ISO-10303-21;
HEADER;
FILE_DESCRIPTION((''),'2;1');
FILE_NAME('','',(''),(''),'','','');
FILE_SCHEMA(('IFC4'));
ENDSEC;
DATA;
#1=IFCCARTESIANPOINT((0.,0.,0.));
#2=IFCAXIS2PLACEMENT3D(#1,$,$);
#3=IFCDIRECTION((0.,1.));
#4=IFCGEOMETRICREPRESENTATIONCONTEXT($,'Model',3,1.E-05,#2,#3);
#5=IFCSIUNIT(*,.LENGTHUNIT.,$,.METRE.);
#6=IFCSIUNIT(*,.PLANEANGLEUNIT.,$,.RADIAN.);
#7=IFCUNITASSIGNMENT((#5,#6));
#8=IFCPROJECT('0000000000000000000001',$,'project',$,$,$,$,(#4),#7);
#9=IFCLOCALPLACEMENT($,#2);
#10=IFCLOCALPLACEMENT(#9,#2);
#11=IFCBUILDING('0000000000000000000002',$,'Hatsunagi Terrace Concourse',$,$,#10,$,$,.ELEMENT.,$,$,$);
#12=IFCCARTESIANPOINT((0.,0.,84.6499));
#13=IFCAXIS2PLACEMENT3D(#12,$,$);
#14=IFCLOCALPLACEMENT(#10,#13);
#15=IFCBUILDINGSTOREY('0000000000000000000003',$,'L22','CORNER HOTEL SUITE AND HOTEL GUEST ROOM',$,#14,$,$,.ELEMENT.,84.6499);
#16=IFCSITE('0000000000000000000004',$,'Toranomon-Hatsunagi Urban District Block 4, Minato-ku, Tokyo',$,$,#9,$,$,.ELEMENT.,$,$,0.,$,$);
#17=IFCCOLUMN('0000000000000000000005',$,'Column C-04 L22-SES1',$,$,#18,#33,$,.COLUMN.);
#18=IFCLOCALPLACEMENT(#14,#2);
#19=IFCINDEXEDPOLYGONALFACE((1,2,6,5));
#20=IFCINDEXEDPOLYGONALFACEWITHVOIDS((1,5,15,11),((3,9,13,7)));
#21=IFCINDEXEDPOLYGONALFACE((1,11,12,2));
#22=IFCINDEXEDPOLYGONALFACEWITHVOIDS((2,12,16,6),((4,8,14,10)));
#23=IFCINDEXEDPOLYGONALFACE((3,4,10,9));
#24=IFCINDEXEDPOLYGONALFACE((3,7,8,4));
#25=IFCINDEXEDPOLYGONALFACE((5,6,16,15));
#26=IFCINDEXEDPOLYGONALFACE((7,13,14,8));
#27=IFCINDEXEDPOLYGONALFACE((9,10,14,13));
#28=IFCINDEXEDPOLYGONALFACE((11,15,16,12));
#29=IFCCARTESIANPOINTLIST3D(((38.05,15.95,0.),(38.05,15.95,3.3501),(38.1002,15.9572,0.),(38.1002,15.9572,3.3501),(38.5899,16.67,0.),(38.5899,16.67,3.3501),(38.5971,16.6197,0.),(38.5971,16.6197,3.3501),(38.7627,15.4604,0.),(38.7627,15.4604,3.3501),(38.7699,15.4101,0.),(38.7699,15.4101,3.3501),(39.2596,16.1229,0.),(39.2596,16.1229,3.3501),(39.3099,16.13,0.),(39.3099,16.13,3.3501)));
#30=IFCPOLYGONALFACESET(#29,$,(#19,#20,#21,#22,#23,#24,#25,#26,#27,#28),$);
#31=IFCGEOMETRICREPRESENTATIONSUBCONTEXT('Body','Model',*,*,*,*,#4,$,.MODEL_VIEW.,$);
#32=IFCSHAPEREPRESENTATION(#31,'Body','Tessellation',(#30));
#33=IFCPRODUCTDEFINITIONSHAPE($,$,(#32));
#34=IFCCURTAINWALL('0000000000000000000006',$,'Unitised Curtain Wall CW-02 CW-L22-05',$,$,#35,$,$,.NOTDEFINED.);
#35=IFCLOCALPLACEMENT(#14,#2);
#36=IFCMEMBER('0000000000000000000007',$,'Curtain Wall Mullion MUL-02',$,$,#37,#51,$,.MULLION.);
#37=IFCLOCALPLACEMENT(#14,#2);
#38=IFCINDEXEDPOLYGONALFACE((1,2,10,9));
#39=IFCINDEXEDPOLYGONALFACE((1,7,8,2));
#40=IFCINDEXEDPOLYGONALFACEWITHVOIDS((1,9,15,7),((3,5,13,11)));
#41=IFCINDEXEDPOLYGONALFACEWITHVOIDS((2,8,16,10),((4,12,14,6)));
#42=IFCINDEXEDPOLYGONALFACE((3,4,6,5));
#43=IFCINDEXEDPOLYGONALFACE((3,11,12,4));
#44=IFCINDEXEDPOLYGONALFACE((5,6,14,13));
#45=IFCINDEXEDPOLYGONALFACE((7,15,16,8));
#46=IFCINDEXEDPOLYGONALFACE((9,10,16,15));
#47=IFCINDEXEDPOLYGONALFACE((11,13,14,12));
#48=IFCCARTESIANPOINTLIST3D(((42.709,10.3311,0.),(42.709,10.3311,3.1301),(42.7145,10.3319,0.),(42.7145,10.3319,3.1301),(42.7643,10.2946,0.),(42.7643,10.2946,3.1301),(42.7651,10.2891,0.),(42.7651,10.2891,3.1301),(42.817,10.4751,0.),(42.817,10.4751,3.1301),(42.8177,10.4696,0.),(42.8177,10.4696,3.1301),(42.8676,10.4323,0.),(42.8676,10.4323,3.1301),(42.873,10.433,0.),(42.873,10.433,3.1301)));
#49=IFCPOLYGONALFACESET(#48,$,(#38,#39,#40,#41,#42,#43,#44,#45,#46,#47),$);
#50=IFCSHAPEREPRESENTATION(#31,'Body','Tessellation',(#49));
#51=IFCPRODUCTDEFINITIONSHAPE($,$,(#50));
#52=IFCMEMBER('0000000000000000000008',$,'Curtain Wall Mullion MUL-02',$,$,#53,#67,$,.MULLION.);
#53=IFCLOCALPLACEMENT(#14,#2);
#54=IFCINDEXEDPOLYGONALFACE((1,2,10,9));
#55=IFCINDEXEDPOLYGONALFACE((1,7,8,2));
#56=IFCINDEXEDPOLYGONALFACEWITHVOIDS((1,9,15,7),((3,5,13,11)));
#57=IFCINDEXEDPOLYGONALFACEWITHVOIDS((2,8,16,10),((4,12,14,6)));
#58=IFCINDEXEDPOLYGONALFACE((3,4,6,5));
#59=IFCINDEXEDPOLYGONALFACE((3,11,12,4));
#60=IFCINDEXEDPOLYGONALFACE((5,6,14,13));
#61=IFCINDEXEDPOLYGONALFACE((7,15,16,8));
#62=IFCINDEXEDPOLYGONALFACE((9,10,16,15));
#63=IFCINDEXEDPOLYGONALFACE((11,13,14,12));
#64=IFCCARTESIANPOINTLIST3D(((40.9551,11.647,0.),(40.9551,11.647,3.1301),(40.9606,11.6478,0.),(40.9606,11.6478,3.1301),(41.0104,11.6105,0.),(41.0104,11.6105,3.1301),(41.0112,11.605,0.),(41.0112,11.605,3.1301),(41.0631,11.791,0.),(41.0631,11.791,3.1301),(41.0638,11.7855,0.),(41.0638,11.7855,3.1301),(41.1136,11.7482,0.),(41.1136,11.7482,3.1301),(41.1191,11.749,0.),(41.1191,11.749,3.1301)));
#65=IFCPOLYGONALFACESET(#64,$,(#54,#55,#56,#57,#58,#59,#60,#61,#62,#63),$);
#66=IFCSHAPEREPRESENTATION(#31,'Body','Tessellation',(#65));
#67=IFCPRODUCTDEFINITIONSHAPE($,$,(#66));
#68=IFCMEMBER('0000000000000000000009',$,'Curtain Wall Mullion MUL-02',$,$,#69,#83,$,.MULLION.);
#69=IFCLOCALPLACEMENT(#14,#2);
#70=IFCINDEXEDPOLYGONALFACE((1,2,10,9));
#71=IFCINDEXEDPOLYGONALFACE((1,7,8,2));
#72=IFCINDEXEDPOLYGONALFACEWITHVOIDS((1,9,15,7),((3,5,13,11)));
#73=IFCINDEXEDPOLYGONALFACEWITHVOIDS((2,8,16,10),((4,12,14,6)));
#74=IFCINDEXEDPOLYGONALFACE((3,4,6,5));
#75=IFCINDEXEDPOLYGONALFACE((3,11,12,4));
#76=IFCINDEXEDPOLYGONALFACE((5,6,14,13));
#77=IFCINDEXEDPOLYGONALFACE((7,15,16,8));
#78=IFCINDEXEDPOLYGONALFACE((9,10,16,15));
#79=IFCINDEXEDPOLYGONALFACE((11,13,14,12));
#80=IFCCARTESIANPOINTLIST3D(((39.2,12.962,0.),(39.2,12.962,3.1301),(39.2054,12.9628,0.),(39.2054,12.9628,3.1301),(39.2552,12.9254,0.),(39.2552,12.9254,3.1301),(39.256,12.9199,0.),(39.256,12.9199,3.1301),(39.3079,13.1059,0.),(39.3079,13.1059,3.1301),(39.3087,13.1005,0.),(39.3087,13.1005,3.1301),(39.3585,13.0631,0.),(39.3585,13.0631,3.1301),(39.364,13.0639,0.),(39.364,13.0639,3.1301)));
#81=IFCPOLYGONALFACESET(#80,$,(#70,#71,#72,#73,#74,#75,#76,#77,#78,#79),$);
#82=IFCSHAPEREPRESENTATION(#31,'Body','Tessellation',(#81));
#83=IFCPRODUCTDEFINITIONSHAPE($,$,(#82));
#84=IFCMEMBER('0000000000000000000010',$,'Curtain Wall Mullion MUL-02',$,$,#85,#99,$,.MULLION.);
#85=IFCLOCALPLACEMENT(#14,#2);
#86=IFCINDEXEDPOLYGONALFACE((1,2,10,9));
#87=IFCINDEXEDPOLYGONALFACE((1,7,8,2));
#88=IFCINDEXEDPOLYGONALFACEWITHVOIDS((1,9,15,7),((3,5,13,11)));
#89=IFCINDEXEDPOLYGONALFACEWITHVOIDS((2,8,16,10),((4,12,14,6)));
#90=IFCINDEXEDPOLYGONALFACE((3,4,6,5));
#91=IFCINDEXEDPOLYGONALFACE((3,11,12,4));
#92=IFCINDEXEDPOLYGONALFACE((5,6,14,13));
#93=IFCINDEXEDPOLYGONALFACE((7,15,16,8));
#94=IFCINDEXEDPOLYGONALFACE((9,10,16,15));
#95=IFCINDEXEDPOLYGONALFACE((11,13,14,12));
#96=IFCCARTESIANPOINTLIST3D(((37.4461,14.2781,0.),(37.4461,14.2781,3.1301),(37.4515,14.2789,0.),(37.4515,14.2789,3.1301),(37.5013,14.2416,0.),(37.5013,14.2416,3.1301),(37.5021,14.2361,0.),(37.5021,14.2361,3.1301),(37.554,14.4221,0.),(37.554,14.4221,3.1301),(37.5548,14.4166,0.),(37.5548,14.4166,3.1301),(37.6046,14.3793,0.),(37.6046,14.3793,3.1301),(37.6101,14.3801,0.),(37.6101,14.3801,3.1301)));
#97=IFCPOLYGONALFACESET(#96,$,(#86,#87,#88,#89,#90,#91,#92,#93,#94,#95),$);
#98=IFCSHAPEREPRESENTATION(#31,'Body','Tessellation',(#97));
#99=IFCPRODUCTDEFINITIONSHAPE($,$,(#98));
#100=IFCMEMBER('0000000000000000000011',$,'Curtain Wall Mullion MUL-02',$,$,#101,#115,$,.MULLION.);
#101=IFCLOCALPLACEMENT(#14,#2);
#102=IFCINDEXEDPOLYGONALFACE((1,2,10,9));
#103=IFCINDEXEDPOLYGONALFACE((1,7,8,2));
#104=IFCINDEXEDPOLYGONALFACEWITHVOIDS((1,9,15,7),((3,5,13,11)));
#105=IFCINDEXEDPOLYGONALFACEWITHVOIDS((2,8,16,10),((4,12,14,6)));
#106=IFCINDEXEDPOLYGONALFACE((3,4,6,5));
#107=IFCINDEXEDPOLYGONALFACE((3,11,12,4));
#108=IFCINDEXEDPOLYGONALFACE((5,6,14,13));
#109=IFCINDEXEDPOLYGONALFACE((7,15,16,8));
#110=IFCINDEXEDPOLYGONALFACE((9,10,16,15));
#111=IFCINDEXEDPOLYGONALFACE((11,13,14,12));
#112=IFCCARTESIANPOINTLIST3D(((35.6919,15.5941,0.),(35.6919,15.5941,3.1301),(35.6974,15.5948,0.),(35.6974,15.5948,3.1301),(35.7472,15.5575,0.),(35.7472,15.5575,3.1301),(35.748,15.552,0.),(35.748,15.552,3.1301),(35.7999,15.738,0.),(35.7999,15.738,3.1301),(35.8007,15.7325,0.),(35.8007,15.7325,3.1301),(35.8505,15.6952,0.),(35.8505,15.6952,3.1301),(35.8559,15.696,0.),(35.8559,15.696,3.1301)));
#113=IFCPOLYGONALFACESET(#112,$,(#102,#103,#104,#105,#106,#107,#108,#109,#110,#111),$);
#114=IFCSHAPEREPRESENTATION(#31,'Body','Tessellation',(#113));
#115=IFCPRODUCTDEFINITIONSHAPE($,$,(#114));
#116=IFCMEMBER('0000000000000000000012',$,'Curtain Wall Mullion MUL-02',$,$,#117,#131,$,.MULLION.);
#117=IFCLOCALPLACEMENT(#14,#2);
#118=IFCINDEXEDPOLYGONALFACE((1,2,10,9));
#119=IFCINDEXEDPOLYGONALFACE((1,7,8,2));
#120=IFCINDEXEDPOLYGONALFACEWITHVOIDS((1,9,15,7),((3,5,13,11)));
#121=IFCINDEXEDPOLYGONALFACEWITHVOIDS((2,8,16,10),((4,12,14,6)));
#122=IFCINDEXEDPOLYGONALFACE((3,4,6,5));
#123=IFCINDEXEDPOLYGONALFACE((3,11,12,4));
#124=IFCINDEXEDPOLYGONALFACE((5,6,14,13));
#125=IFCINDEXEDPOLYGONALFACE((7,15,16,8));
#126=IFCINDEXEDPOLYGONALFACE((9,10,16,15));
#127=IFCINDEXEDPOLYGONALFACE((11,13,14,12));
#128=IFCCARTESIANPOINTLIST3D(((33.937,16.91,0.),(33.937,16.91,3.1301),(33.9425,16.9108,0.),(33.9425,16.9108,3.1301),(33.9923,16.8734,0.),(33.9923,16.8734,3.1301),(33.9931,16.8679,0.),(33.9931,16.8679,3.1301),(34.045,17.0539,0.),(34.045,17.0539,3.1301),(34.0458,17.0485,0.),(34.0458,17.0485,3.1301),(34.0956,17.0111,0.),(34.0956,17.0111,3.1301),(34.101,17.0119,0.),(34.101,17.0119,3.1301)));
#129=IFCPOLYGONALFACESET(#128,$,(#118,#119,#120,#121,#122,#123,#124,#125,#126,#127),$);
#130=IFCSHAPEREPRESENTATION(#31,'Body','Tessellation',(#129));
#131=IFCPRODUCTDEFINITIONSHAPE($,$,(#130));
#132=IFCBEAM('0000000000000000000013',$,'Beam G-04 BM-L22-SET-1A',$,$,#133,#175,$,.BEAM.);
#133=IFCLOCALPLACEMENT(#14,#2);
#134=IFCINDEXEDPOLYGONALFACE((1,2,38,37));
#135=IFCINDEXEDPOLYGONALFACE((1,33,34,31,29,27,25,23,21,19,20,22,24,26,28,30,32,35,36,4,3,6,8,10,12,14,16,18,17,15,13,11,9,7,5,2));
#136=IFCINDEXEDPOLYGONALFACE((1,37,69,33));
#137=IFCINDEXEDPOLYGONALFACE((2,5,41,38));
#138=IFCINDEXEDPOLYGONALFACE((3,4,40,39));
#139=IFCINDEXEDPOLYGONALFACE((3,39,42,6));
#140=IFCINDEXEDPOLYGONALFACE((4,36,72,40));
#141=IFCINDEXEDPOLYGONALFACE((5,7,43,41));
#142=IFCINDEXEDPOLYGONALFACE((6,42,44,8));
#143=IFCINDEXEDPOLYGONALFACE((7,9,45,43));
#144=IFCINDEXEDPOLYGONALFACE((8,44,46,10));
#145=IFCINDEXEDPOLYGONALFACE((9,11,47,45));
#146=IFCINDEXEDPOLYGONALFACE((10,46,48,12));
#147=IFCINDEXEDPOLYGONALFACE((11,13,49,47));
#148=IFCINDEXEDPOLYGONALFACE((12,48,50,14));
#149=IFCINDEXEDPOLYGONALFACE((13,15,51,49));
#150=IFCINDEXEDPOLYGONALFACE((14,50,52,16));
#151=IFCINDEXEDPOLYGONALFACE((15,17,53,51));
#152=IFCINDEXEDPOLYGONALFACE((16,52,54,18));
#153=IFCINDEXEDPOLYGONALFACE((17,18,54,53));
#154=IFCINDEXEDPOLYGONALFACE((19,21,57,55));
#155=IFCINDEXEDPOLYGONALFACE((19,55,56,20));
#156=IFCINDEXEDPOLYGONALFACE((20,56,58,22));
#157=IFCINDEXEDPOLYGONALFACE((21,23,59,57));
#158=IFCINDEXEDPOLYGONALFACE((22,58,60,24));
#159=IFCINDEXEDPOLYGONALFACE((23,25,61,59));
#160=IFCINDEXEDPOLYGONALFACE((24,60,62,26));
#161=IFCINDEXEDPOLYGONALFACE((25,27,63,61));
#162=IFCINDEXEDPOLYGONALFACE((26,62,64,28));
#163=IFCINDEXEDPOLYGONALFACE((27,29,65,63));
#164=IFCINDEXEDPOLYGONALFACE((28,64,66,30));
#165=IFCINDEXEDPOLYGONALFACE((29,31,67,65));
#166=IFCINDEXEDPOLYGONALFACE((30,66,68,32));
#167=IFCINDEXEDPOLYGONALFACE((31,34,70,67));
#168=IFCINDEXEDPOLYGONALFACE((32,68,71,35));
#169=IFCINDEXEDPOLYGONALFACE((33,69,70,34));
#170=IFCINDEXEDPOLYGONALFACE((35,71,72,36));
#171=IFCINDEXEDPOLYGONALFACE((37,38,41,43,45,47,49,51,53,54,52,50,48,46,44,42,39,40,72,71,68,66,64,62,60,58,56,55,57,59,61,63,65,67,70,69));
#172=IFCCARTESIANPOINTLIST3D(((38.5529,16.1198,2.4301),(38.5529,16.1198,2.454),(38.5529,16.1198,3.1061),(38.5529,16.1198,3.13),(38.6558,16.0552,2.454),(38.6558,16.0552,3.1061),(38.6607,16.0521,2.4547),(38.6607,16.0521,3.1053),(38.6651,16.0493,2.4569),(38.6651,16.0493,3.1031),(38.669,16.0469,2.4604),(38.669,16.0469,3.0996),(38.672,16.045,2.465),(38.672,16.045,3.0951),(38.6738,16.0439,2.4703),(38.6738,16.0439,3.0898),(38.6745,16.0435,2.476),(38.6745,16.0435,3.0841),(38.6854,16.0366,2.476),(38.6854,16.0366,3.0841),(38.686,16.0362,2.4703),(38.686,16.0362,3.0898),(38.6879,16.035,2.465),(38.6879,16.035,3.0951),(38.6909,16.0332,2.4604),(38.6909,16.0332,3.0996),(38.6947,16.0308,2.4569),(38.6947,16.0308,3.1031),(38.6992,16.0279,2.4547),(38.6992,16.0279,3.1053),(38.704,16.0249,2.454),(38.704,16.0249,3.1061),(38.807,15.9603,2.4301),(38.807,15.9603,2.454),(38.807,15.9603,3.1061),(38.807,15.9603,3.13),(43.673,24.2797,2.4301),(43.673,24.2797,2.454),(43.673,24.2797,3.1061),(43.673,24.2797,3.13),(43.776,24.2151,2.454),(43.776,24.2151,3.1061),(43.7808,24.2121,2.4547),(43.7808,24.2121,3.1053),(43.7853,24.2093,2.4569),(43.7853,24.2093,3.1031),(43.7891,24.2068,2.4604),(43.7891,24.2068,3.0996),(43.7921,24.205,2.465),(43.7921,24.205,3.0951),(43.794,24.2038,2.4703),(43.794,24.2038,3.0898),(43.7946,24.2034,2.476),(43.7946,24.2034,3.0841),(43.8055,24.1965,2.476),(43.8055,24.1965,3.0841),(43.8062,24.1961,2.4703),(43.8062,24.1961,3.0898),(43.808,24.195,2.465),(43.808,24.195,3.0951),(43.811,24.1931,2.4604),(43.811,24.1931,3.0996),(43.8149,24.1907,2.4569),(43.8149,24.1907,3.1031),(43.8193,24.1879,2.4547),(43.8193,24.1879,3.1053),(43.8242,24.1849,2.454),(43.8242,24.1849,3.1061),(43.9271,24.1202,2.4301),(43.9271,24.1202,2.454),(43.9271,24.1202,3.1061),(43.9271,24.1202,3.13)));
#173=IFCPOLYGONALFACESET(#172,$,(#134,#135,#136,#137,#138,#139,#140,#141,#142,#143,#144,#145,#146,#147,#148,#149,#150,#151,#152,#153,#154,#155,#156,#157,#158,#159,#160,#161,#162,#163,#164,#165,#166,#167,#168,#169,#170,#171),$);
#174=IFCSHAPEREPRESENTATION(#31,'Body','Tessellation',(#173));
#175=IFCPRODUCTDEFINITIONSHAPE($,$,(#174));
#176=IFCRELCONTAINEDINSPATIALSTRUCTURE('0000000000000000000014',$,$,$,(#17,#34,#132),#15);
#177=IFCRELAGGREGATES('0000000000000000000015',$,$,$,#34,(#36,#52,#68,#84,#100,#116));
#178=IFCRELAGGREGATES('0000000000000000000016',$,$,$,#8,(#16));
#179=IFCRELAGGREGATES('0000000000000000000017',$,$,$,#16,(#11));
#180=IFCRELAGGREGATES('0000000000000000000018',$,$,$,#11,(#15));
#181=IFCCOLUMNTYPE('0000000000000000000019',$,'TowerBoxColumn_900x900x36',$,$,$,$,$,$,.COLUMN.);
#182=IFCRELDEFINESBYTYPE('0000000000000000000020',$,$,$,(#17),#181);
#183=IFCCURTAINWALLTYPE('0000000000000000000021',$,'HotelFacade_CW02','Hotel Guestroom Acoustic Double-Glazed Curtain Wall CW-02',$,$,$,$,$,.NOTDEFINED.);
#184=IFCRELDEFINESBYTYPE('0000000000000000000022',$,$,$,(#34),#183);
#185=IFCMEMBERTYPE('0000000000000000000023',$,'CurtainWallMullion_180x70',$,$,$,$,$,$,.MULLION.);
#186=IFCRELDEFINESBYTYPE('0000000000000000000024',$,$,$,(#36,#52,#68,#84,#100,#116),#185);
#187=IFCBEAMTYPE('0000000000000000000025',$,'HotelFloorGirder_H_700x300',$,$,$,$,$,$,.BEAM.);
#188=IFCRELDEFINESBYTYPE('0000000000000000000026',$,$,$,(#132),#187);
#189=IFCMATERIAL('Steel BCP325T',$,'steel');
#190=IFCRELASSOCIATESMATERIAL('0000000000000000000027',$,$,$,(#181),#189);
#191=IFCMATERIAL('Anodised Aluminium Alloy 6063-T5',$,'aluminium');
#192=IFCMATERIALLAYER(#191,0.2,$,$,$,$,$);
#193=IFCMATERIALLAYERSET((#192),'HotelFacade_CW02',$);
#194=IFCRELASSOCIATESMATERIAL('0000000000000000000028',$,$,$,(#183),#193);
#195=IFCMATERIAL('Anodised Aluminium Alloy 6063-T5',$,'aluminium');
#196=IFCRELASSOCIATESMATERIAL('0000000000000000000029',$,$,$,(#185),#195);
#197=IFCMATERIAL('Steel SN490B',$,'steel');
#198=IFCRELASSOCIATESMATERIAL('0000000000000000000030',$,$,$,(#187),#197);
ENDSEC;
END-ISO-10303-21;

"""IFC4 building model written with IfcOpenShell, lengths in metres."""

from ifc_helpers import new_model, si_unit, direction, frame, origin, origin_2d, place, context, subcontext, project, spatial, hollow_rectangle, i_section, extrude, material, layer, layer_set, material_profile, profile_set, type_object, element, aggregate, save


model = new_model("IFC4")

# Units and contexts
model_context = context("Model", 3, precision=1e-05, world=origin(), true_north=direction((0.0, 1.0)))
body_context = subcontext(model_context, "Body", "Model", "MODEL_VIEW")
ifc_project = project(units=[si_unit("LENGTHUNIT", "METRE"), si_unit("PLANEANGLEUNIT", "RADIAN")], contexts=[model_context])

# Site, building, storey
site_placement = place(None, origin())
site = spatial("IfcSite", under=ifc_project, at=site_placement, Name="Toranomon-Hatsunagi Urban District Block 4, Minato-ku, Tokyo", CompositionType="ELEMENT", RefElevation=0.0)
building_placement = place(site_placement, origin())
building = spatial("IfcBuilding", under=site, at=building_placement, Name="Hatsunagi Terrace Concourse", CompositionType="ELEMENT")
storey_placement = place(building_placement, frame((0.0, 0.0, 84.6499)))
storey = spatial("IfcBuildingStorey", under=building, at=storey_placement, Name="L22", Description="CORNER HOTEL SUITE AND HOTEL GUEST ROOM", CompositionType="ELEMENT", Elevation=84.6499)

# Column
ifc_material_1 = material(Name="Steel BCP325T", Category="steel")
ifc_material_profile_1 = material_profile(ifc_material_1, hollow_rectangle(XDim=0.8999, YDim=0.8999, WallThickness=0.0359, at=origin_2d()), Name="BCP-900x900x36")
ifc_profile_set_1 = profile_set([ifc_material_profile_1], Name="Steel BCP325T")
column_type = type_object("IfcColumnType", Name="TowerBoxColumn_900x900x36", PredefinedType="COLUMN", material=ifc_profile_set_1)
column_placement = place(storey_placement, frame((38.6799, 16.04, 0.0), z_axis=(0.0, 0.0, 1.0), x_axis=(0.8, -0.6, 0.0)))
element("IfcColumn", 1, at=column_placement, inside=storey, type_object=column_type, Name="Column C-04 L22-SES1", PredefinedType="COLUMN", context=body_context, shape_type="SweptSolid", body=[
    extrude(hollow_rectangle(XDim=0.8999, YDim=0.8999, WallThickness=0.0359, at=origin_2d()), origin(), (0.0, 0.0, 1.0), 3.3501),
])

# Curtain wall, members
ifc_material_2 = material(Name="Anodised Aluminium Alloy 6063-T5", Category="aluminium")
ifc_layer_1 = layer(ifc_material_2, 0.2)
ifc_layer_set_1 = layer_set([ifc_layer_1], Name="HotelFacade_CW02")
curtain_wall_type = type_object("IfcCurtainWallType", Name="HotelFacade_CW02", Description="Hotel Guestroom Acoustic Double-Glazed Curtain Wall CW-02", PredefinedType="NOTDEFINED", material=ifc_layer_set_1)
curtain_wall_placement = place(storey_placement, origin())
curtain_wall = element("IfcCurtainWall", 2, at=curtain_wall_placement, inside=storey, type_object=curtain_wall_type, Name="Unitised Curtain Wall CW-02 CW-L22-05", PredefinedType="NOTDEFINED")
ifc_material_3 = material(Name="Anodised Aluminium Alloy 6063-T5", Category="aluminium")
ifc_material_profile_2 = material_profile(ifc_material_3, hollow_rectangle(XDim=0.0701, YDim=0.1799, WallThickness=0.0039, at=origin_2d()), Name="ALU-MUL-180x70x4")
ifc_profile_set_2 = profile_set([ifc_material_profile_2], Name="Anodised Aluminium Alloy 6063-T5")
member_type = type_object("IfcMemberType", Name="CurtainWallMullion_180x70", PredefinedType="MULLION", material=ifc_profile_set_2)
member_1_placement = place(storey_placement, frame((42.791, 10.3821, 0.0), z_axis=(0.0, 0.0, 1.0), x_axis=(-0.800003, 0.599996, 0.0)))
member_1 = element("IfcMember", 3, at=member_1_placement, type_object=member_type, Name="Curtain Wall Mullion MUL-02", PredefinedType="MULLION", context=body_context, shape_type="SweptSolid", body=[
    extrude(hollow_rectangle(XDim=0.0701, YDim=0.1799, WallThickness=0.0039, at=origin_2d()), origin(), (0.0, 0.0, 1.0), 3.1301),
])
member_2_placement = place(storey_placement, frame((41.0371, 11.698, 0.0), z_axis=(0.0, 0.0, 1.0), x_axis=(-0.800003, 0.599996, 0.0)))
member_2 = element("IfcMember", 4, at=member_2_placement, type_object=member_type, Name="Curtain Wall Mullion MUL-02", PredefinedType="MULLION", context=body_context, shape_type="SweptSolid", body=[
    extrude(hollow_rectangle(XDim=0.0701, YDim=0.1799, WallThickness=0.0039, at=origin_2d()), origin(), (0.0, 0.0, 1.0), 3.1301),
])
member_3_placement = place(storey_placement, frame((39.282, 13.0129, 0.0), z_axis=(0.0, 0.0, 1.0), x_axis=(-0.800003, 0.599996, 0.0)))
member_3 = element("IfcMember", 5, at=member_3_placement, type_object=member_type, Name="Curtain Wall Mullion MUL-02", PredefinedType="MULLION", context=body_context, shape_type="SweptSolid", body=[
    extrude(hollow_rectangle(XDim=0.0701, YDim=0.1799, WallThickness=0.0039, at=origin_2d()), origin(), (0.0, 0.0, 1.0), 3.1301),
])
member_4_placement = place(storey_placement, frame((37.5281, 14.3291, 0.0), z_axis=(0.0, 0.0, 1.0), x_axis=(-0.800003, 0.599996, 0.0)))
member_4 = element("IfcMember", 6, at=member_4_placement, type_object=member_type, Name="Curtain Wall Mullion MUL-02", PredefinedType="MULLION", context=body_context, shape_type="SweptSolid", body=[
    extrude(hollow_rectangle(XDim=0.0701, YDim=0.1799, WallThickness=0.0039, at=origin_2d()), origin(), (0.0, 0.0, 1.0), 3.1301),
])
member_5_placement = place(storey_placement, frame((35.7739, 15.645, 0.0), z_axis=(0.0, 0.0, 1.0), x_axis=(-0.800003, 0.599996, 0.0)))
member_5 = element("IfcMember", 7, at=member_5_placement, type_object=member_type, Name="Curtain Wall Mullion MUL-02", PredefinedType="MULLION", context=body_context, shape_type="SweptSolid", body=[
    extrude(hollow_rectangle(XDim=0.0701, YDim=0.1799, WallThickness=0.0039, at=origin_2d()), origin(), (0.0, 0.0, 1.0), 3.1301),
])
member_6_placement = place(storey_placement, frame((34.019, 16.9609, 0.0), z_axis=(0.0, 0.0, 1.0), x_axis=(-0.800003, 0.599996, 0.0)))
member_6 = element("IfcMember", 8, at=member_6_placement, type_object=member_type, Name="Curtain Wall Mullion MUL-02", PredefinedType="MULLION", context=body_context, shape_type="SweptSolid", body=[
    extrude(hollow_rectangle(XDim=0.0701, YDim=0.1799, WallThickness=0.0039, at=origin_2d()), origin(), (0.0, 0.0, 1.0), 3.1301),
])

# Beam
ifc_material_4 = material(Name="Steel SN490B", Category="steel")
ifc_material_profile_3 = material_profile(ifc_material_4, i_section(OverallWidth=0.3, OverallDepth=0.7, WebThickness=0.0129, FlangeThickness=0.0239, FilletRadius=0.022, at=origin_2d()), Name="H-700x300x13x24")
ifc_profile_set_3 = profile_set([ifc_material_profile_3], Name="Steel SN490B")
beam_type_1 = type_object("IfcBeamType", Name="HotelFloorGirder_H_700x300", PredefinedType="BEAM", material=ifc_profile_set_3)
beam_1_placement = place(storey_placement, frame((38.6799, 16.04, 2.78), z_axis=(0.531504, 0.847056, 0.0), x_axis=(-0.847056, 0.531504, 0.0)))
element("IfcBeam", 9, at=beam_1_placement, inside=storey, type_object=beam_type_1, Name="Beam G-04 BM-L22-SET-1A", PredefinedType="BEAM", context=body_context, shape_type="SweptSolid", body=[
    extrude(i_section(OverallWidth=0.3, OverallDepth=0.7, WebThickness=0.0129, FlangeThickness=0.0239, FilletRadius=0.022, at=origin_2d()), origin(), (0.0, 0.0, 1.0), 9.6333),
])

aggregate(curtain_wall, [member_1, member_2, member_3, member_4, member_5, member_6])

save(model, "model.ifc")
